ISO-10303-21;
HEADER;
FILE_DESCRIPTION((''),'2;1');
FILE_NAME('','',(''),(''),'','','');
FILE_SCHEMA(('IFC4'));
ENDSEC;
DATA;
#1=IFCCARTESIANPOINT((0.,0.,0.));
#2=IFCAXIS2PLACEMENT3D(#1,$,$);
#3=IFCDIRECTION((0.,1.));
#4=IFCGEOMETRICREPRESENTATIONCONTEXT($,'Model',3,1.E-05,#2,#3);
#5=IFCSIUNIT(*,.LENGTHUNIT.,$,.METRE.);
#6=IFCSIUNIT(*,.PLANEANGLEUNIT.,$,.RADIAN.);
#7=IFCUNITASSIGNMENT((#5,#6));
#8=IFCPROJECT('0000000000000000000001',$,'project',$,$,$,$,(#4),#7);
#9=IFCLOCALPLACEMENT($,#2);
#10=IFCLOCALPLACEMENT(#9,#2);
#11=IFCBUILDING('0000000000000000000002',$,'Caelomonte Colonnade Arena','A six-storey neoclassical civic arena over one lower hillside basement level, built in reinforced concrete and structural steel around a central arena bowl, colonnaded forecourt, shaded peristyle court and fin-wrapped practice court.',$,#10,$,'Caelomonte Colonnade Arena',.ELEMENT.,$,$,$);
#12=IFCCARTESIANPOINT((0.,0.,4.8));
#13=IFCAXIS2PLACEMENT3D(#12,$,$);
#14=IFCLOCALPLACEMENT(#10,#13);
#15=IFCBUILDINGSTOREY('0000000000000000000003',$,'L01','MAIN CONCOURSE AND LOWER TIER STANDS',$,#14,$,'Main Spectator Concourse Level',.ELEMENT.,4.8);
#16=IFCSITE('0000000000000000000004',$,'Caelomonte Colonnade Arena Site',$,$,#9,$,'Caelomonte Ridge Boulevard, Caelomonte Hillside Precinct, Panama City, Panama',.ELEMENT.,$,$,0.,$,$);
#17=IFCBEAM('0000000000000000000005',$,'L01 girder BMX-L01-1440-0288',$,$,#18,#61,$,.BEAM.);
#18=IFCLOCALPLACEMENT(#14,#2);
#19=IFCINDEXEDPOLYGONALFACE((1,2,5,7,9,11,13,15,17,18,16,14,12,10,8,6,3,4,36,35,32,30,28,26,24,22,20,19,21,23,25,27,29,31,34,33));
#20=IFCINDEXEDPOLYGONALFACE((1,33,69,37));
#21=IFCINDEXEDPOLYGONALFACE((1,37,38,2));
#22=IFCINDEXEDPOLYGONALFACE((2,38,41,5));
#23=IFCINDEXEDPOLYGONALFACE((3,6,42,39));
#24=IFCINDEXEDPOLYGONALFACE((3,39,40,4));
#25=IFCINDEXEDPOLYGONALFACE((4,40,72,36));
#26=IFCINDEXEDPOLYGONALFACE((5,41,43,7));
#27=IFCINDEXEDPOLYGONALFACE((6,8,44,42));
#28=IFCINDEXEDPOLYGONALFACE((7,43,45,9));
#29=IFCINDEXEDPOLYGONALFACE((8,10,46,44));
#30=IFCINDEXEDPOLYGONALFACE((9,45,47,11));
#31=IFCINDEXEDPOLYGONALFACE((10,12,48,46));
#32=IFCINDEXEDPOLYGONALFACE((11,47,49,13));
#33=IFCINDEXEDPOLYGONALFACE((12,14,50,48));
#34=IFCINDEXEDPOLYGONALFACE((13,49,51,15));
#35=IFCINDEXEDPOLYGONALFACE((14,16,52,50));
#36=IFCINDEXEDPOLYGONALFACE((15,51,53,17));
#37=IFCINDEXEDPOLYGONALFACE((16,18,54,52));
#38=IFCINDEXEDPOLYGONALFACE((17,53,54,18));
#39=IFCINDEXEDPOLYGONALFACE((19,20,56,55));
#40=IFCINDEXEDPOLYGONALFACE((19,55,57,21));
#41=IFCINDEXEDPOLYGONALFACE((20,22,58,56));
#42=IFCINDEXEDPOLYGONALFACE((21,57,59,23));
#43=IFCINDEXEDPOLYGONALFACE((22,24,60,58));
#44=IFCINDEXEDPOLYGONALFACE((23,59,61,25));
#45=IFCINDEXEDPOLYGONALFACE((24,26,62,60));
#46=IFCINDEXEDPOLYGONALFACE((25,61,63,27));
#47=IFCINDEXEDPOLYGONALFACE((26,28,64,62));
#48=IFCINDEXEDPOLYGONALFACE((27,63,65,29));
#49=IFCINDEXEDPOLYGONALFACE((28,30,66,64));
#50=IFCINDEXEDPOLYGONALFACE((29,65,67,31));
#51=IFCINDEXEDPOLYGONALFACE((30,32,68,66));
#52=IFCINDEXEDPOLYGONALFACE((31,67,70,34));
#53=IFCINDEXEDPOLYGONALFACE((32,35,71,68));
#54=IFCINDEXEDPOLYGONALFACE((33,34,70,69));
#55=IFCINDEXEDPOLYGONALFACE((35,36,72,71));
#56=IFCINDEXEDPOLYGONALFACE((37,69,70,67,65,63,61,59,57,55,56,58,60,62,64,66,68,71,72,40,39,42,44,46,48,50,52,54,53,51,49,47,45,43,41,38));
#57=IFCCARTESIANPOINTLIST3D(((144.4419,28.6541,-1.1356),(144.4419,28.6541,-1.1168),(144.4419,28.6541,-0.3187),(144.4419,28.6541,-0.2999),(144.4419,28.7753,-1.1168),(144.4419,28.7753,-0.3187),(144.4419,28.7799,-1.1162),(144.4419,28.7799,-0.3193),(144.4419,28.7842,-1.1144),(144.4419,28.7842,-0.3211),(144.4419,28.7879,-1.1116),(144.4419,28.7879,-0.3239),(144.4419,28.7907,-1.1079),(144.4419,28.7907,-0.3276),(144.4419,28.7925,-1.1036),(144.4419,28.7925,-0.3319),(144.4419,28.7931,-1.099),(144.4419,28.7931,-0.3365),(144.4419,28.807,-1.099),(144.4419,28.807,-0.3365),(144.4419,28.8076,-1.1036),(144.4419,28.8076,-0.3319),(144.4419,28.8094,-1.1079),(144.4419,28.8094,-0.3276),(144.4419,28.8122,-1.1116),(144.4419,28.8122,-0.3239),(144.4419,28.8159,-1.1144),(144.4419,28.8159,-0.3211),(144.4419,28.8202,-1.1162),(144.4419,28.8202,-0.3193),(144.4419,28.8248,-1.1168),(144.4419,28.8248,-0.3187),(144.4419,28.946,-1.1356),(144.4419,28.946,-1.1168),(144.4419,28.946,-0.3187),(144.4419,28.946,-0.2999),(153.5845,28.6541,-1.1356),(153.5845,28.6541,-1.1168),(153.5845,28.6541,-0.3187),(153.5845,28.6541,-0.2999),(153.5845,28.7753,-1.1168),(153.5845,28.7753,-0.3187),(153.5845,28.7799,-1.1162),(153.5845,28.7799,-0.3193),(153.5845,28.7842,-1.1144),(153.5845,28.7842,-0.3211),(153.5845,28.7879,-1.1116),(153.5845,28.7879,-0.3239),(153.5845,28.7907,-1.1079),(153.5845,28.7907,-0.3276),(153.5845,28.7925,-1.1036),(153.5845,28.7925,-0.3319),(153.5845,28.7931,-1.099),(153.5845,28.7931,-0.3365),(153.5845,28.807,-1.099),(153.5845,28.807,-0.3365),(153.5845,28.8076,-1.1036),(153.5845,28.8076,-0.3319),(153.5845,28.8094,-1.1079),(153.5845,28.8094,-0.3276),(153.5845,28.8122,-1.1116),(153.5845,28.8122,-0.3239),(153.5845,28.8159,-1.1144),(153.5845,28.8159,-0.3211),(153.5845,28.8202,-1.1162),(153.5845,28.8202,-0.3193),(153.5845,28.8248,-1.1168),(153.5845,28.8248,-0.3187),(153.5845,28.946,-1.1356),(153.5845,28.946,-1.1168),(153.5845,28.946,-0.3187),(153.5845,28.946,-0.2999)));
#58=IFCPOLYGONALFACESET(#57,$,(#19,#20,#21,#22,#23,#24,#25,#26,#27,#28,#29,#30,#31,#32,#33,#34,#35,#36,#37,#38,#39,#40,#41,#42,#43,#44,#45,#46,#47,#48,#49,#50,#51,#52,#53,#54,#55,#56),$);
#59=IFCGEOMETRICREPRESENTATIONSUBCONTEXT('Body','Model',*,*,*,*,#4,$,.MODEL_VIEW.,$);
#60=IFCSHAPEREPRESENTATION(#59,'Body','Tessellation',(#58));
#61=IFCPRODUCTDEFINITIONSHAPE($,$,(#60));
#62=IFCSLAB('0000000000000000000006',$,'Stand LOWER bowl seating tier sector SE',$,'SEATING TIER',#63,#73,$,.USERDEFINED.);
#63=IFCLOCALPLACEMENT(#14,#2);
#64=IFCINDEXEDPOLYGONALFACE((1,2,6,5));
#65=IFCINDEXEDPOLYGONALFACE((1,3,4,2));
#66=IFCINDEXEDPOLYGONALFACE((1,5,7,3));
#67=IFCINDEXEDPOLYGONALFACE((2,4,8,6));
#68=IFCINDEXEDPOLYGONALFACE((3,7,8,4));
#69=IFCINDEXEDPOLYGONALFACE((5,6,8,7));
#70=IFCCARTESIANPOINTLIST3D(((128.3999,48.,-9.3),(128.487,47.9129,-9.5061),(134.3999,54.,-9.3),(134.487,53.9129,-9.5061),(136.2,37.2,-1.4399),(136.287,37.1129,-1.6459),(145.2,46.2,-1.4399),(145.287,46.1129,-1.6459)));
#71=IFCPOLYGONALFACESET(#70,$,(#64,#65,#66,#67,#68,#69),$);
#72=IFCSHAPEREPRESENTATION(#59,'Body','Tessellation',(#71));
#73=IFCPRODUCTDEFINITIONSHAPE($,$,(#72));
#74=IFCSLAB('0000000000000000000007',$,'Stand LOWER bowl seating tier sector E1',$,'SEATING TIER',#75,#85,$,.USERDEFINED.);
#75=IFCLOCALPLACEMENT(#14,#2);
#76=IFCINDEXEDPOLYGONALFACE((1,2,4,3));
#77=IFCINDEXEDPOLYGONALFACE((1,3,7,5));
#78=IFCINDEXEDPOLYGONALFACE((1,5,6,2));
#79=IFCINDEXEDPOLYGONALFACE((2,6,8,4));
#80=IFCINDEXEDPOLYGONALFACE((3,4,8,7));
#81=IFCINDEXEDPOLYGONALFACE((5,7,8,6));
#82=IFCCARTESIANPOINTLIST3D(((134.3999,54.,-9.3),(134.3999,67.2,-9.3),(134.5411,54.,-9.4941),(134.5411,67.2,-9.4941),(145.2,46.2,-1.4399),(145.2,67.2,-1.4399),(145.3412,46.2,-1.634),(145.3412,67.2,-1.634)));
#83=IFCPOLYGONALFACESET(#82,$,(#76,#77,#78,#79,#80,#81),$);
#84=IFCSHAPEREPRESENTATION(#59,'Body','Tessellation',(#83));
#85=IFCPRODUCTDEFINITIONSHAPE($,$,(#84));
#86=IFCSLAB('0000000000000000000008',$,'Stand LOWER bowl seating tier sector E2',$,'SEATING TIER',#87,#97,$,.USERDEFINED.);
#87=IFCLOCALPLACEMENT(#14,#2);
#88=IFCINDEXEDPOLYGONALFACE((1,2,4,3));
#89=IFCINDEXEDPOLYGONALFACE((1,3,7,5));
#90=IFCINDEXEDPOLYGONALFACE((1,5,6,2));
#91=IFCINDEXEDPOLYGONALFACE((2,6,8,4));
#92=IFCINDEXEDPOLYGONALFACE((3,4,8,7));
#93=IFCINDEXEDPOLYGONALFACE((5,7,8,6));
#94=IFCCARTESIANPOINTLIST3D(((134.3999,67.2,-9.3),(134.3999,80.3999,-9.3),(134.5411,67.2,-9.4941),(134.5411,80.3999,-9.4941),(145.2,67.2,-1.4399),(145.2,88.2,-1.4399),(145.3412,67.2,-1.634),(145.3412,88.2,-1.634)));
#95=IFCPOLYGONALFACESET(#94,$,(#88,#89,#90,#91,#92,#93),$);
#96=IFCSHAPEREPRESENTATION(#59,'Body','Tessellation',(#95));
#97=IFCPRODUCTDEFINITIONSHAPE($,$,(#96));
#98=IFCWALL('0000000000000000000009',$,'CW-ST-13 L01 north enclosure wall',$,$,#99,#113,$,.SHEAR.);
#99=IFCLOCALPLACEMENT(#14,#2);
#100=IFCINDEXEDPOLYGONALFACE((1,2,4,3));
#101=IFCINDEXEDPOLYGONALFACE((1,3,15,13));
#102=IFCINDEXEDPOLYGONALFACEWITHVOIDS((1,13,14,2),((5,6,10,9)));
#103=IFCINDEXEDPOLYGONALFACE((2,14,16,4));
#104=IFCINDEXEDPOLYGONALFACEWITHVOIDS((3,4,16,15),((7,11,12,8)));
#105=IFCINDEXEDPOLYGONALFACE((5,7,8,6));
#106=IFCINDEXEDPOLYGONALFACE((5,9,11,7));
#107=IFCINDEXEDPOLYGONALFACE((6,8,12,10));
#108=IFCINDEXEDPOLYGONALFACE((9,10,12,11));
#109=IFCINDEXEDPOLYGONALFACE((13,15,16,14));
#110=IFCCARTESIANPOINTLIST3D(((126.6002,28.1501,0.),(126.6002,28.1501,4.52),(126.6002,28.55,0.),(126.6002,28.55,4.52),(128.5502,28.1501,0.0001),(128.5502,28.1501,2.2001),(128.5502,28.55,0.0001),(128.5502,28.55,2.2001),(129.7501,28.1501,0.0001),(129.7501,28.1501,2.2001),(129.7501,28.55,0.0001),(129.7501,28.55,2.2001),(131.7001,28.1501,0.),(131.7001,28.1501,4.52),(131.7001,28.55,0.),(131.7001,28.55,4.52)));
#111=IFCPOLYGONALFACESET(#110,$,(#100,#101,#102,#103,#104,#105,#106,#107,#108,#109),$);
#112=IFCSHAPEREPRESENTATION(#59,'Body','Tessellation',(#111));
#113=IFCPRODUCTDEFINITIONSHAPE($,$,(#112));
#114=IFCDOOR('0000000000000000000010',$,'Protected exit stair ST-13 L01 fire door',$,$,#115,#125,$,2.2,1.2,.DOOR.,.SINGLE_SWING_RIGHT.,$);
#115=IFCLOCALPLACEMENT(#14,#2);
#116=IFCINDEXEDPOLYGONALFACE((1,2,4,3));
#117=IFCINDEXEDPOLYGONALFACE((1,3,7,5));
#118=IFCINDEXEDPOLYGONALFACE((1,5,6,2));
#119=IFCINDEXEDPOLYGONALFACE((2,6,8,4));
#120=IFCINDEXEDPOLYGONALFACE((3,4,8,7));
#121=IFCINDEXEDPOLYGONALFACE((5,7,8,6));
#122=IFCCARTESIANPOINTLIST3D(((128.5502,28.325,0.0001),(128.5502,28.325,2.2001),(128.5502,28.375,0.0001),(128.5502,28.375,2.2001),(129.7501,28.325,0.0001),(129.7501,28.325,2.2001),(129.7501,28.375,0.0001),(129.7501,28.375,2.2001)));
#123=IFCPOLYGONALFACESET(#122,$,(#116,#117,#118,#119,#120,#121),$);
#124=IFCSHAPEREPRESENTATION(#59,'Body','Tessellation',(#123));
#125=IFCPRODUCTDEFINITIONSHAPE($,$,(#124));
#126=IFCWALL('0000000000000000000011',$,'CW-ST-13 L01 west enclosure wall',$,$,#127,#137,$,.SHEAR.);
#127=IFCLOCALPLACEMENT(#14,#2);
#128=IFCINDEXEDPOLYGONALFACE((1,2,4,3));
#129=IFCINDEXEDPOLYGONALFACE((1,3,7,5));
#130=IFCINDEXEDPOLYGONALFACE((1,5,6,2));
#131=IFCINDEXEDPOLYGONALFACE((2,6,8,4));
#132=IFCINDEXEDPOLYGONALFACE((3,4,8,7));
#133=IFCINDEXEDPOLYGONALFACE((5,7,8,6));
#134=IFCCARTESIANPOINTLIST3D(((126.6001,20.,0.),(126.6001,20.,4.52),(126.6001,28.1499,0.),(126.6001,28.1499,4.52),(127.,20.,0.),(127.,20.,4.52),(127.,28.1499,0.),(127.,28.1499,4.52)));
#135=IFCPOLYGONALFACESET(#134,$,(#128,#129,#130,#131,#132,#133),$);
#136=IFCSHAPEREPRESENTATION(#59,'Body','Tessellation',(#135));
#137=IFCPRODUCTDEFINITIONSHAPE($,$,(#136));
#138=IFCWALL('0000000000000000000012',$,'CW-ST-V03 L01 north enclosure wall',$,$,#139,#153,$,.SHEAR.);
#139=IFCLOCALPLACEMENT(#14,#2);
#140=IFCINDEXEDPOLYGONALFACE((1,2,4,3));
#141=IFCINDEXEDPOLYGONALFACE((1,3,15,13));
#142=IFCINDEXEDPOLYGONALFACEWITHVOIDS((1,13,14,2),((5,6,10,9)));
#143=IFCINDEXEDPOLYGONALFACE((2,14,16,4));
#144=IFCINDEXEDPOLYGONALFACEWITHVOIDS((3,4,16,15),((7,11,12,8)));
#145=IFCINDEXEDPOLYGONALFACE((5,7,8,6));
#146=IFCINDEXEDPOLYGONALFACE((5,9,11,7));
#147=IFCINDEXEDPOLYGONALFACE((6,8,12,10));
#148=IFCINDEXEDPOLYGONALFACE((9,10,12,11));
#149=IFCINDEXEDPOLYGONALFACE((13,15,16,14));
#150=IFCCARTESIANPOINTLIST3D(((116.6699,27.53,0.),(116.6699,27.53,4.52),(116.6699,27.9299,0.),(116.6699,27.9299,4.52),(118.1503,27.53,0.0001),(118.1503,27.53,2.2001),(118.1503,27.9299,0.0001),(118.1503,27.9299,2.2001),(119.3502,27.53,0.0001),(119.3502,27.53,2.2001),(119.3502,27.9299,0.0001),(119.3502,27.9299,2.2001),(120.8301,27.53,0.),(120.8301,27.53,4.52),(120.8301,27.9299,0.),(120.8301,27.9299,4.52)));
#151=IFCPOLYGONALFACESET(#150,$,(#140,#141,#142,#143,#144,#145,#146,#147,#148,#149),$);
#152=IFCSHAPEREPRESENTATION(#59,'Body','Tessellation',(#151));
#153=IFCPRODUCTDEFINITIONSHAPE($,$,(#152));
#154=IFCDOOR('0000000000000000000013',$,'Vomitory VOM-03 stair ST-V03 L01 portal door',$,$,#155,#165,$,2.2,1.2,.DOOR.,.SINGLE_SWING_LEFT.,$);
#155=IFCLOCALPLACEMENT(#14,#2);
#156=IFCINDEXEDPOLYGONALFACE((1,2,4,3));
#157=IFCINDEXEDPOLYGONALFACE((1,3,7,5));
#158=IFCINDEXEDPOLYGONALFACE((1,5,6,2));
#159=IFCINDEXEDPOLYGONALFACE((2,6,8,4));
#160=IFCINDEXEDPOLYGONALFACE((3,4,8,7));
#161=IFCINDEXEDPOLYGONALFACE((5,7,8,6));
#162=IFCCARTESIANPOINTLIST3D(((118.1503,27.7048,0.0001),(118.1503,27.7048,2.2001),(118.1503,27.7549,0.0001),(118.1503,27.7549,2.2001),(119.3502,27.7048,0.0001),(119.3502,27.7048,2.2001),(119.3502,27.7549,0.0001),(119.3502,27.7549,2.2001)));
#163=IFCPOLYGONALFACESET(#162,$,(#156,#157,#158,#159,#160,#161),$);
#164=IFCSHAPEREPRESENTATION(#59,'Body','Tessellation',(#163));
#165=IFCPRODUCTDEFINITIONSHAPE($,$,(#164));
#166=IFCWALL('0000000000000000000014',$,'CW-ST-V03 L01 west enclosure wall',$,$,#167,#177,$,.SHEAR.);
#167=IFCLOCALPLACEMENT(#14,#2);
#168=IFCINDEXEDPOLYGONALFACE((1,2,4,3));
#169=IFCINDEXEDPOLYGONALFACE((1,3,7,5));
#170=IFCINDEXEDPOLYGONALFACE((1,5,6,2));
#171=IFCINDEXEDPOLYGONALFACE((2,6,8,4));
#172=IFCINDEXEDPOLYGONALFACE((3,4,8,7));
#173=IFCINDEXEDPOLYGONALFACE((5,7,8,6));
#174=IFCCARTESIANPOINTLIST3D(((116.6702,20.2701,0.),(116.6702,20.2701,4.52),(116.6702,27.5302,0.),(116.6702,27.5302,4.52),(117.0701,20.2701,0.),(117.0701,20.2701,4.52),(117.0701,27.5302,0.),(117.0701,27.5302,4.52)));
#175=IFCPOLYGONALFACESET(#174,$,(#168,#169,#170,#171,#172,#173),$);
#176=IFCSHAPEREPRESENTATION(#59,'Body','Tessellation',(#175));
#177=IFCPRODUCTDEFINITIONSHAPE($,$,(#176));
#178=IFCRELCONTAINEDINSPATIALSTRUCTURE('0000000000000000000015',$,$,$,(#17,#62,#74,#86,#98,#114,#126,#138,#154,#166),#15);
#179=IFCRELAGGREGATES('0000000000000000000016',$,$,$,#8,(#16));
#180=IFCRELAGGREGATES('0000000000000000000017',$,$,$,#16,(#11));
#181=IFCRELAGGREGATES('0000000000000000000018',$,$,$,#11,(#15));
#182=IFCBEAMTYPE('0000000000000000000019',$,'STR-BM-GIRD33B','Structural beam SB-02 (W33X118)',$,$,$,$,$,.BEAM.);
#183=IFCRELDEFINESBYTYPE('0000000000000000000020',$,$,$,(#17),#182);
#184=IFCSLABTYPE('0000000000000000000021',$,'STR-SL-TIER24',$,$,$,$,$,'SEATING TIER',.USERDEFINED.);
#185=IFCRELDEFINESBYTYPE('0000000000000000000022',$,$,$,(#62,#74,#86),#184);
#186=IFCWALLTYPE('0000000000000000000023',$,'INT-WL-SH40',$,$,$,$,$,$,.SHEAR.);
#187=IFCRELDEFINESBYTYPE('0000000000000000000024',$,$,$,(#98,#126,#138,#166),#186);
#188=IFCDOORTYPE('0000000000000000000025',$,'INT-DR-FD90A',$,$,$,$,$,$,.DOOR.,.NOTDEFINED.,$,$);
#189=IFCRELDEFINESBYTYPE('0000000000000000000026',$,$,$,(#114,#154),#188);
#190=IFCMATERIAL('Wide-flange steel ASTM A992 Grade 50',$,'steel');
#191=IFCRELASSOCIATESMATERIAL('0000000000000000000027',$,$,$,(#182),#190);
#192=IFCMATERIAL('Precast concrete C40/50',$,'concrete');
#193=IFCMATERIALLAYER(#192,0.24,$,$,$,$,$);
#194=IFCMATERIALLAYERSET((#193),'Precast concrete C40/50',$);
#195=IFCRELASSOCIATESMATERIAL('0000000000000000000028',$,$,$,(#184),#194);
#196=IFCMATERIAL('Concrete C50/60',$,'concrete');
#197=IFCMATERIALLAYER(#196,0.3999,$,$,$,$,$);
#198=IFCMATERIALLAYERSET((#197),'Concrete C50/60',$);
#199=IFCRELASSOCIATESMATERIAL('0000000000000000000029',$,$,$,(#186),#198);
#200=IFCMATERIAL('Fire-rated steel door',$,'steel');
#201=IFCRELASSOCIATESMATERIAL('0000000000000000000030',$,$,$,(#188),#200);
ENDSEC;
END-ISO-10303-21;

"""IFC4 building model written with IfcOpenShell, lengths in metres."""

from ifc_helpers import new_model, si_unit, direction, frame, frame_2d, origin, origin_2d, place, context, subcontext, project, spatial, polyline, rectangle, i_section, outline, extrude, material, layer, layer_set, material_profile, profile_set, type_object, element, fill, save


model = new_model("IFC4")

# Units and contexts
model_context = context("Model", 3, precision=1e-05, world=origin(), true_north=direction((0.0, 1.0)))
body_context = subcontext(model_context, "Body", "Model", "MODEL_VIEW")
ifc_project = project(units=[si_unit("LENGTHUNIT", "METRE"), si_unit("PLANEANGLEUNIT", "RADIAN")], contexts=[model_context])

# Site, building, storey
site_placement = place(None, origin())
site = spatial("IfcSite", under=ifc_project, at=site_placement, Name="Caelomonte Colonnade Arena Site", LongName="Caelomonte Ridge Boulevard, Caelomonte Hillside Precinct, Panama City, Panama", CompositionType="ELEMENT", RefElevation=0.0)
building_placement = place(site_placement, origin())
building = spatial("IfcBuilding", under=site, at=building_placement, Name="Caelomonte Colonnade Arena", Description="A six-storey neoclassical civic arena over one lower hillside basement level, built in reinforced concrete and structural steel around a central arena bowl, colonnaded forecourt, shaded peristyle court and fin-wrapped practice court.", LongName="Caelomonte Colonnade Arena", CompositionType="ELEMENT")
storey_placement = place(building_placement, frame((0.0, 0.0, 4.8)))
storey = spatial("IfcBuildingStorey", under=building, at=storey_placement, Name="L01", Description="MAIN CONCOURSE AND LOWER TIER STANDS", LongName="Main Spectator Concourse Level", CompositionType="ELEMENT", Elevation=4.8)

# Shared definitions
ifc_material_1 = material(Name="Concrete C50/60", Category="concrete")

# Beam
ifc_material_2 = material(Name="Wide-flange steel ASTM A992 Grade 50", Category="steel")
ifc_material_profile_1 = material_profile(ifc_material_2, i_section(OverallWidth=0.292, OverallDepth=0.8357, WebThickness=0.0139, FlangeThickness=0.0188, FilletRadius=0.0178, at=origin_2d()), Name="W33X118")
ifc_profile_set_1 = profile_set([ifc_material_profile_1], Name="Wide-flange steel ASTM A992 Grade 50")
beam_type = type_object("IfcBeamType", Name="STR-BM-GIRD33B", Description="Structural beam SB-02 (W33X118)", PredefinedType="BEAM", material=ifc_profile_set_1)
beam_1_placement = place(storey_placement, frame((144.4419, 28.8, -0.7178), z_axis=(1.0, 0.0, 0.0), x_axis=(0.0, 1.0, 0.0)))
element("IfcBeam", 1, at=beam_1_placement, inside=storey, type_object=beam_type, Name="L01 girder BMX-L01-1440-0288", PredefinedType="BEAM", context=body_context, shape_type="SweptSolid", body=[
    extrude(i_section(OverallWidth=0.292, OverallDepth=0.8357, WebThickness=0.0139, FlangeThickness=0.0188, FilletRadius=0.0178, at=origin_2d()), origin(), (0.0, 0.0, 1.0), 9.1426),
])

# Slabs
ifc_material_3 = material(Name="Precast concrete C40/50", Category="concrete")
ifc_layer_1 = layer(ifc_material_3, 0.24)
ifc_layer_set_1 = layer_set([ifc_layer_1], Name="Precast concrete C40/50")
slab_type = type_object("IfcSlabType", Name="STR-SL-TIER24", ElementType="SEATING TIER", PredefinedType="USERDEFINED", material=ifc_layer_set_1)
slab_1_placement = place(storey_placement, frame((128.3999, 48.0, -9.3), z_axis=(-0.362743, 0.362743, 0.858391), x_axis=(0.707107, 0.707107, 0.0)))
element("IfcSlab", 2, at=slab_1_placement, inside=storey, type_object=slab_type, Name="Stand LOWER bowl seating tier sector SE", ObjectType="SEATING TIER", PredefinedType="USERDEFINED", context=body_context, shape_type="SweptSolid", body=[
    extrude(outline(polyline([(0.0, 0.0), (8.4853, 0.0), (10.6066, -15.322), (-2.1213, -15.322), (0.0, 0.0)])), origin(), (0.0, 0.0, -1.0), 0.24),
])
slab_2_placement = place(storey_placement, frame((134.3999, 54.0, -9.3), z_axis=(-0.588442, 0.0, 0.808539), x_axis=(0.0, 1.0, 0.0)))
element("IfcSlab", 3, at=slab_2_placement, inside=storey, type_object=slab_type, Name="Stand LOWER bowl seating tier sector E1", ObjectType="SEATING TIER", PredefinedType="USERDEFINED", context=body_context, shape_type="SweptSolid", body=[
    extrude(outline(polyline([(0.0, 0.0), (13.2, 0.0), (13.2, -13.3575), (-7.8, -13.3575), (0.0, 0.0)])), origin(), (0.0, 0.0, -1.0), 0.24),
])
slab_3_placement = place(storey_placement, frame((134.3999, 67.2, -9.3), z_axis=(-0.588442, 0.0, 0.808539), x_axis=(0.0, 1.0, 0.0)))
element("IfcSlab", 4, at=slab_3_placement, inside=storey, type_object=slab_type, Name="Stand LOWER bowl seating tier sector E2", ObjectType="SEATING TIER", PredefinedType="USERDEFINED", context=body_context, shape_type="SweptSolid", body=[
    extrude(outline(polyline([(0.0, 0.0), (13.2, 0.0), (21.0, -13.3575), (0.0, -13.3575), (0.0, 0.0)])), origin(), (0.0, 0.0, -1.0), 0.24),
])

# Wall, opening, door
ifc_layer_2 = layer(ifc_material_1, 0.3999)
ifc_layer_set_2 = layer_set([ifc_layer_2], Name="Concrete C50/60")
wall_type = type_object("IfcWallType", Name="INT-WL-SH40", PredefinedType="SHEAR", material=ifc_layer_set_2)
wall_1_placement = place(storey_placement, frame((131.7, 28.3501, 0.0), z_axis=(0.0, 0.0, 1.0), x_axis=(-1.0, 0.0, 0.0)))
wall_1 = element("IfcWall", 5, at=wall_1_placement, inside=storey, type_object=wall_type, Name="CW-ST-13 L01 north enclosure wall", PredefinedType="SHEAR", context=body_context, shape_type="SweptSolid", body=[
    extrude(rectangle(XDim=5.0999, YDim=0.3999, at=frame_2d((2.5498, 0.0))), origin(), (0.0, 0.0, 1.0), 4.52),
])
opening_1_placement = place(wall_1_placement, frame((3.1499, 0.0, 0.0), z_axis=(0.0, 0.0, 1.0), x_axis=(-1.0, 0.0, 0.0)))
opening_1 = element("IfcOpeningElement", 6, at=opening_1_placement, cuts=wall_1, PredefinedType="OPENING", context=body_context, shape_type="SweptSolid", body=[
    extrude(rectangle(XDim=1.2, YDim=2.2, at=frame_2d((0.6001, 1.1001))), frame((0.0, 0.21, 0.0), z_axis=(0.0, -1.0, 0.0), x_axis=(1.0, 0.0, 0.0)), (0.0, 0.0, 1.0), 0.4199),
])
ifc_material_4 = material(Name="Fire-rated steel door", Category="steel")
door_type = type_object("IfcDoorType", Name="INT-DR-FD90A", OperationType="NOTDEFINED", PredefinedType="DOOR", material=ifc_material_4)
door_1_placement = place(opening_1_placement, origin())
door_1 = element("IfcDoor", 7, at=door_1_placement, inside=storey, type_object=door_type, Name="Protected exit stair ST-13 L01 fire door", OperationType="SINGLE_SWING_RIGHT", OverallHeight=2.2, OverallWidth=1.2, PredefinedType="DOOR", context=body_context, shape_type="SweptSolid", body=[
    extrude(rectangle(XDim=1.2, YDim=2.2, at=frame_2d((0.6001, 1.1001))), frame((0.0, 0.0249, 0.0), z_axis=(0.0, -1.0, 0.0), x_axis=(1.0, 0.0, 0.0)), (0.0, 0.0, 1.0), 0.05),
])
fill(opening_1, door_1)

# Wall
wall_2_placement = place(storey_placement, frame((126.8, 28.1499, 0.0), z_axis=(0.0, 0.0, 1.0), x_axis=(0.0, -1.0, 0.0)))
element("IfcWall", 8, at=wall_2_placement, inside=storey, type_object=wall_type, Name="CW-ST-13 L01 west enclosure wall", PredefinedType="SHEAR", context=body_context, shape_type="SweptSolid", body=[
    extrude(rectangle(XDim=8.1499, YDim=0.3999, at=frame_2d((4.075, 0.0))), origin(), (0.0, 0.0, 1.0), 4.52),
])

# Wall, opening, door
wall_3_placement = place(storey_placement, frame((120.8301, 27.73, 0.0), z_axis=(0.0, 0.0, 1.0), x_axis=(-1.0, 0.0, 0.0)))
wall_3 = element("IfcWall", 9, at=wall_3_placement, inside=storey, type_object=wall_type, Name="CW-ST-V03 L01 north enclosure wall", PredefinedType="SHEAR", context=body_context, shape_type="SweptSolid", body=[
    extrude(rectangle(XDim=4.1602, YDim=0.3999, at=frame_2d((2.0801, 0.0))), origin(), (0.0, 0.0, 1.0), 4.52),
])
opening_2_placement = place(wall_3_placement, frame((2.6799, 0.0, 0.0), z_axis=(0.0, 0.0, 1.0), x_axis=(-1.0, 0.0, 0.0)))
opening_2 = element("IfcOpeningElement", 10, at=opening_2_placement, cuts=wall_3, PredefinedType="OPENING", context=body_context, shape_type="SweptSolid", body=[
    extrude(rectangle(XDim=1.2, YDim=2.2, at=frame_2d((0.6001, 1.1001))), frame((0.0, 0.21, 0.0), z_axis=(0.0, -1.0, 0.0), x_axis=(1.0, 0.0, 0.0)), (0.0, 0.0, 1.0), 0.4199),
])
door_2_placement = place(opening_2_placement, origin())
door_2 = element("IfcDoor", 11, at=door_2_placement, inside=storey, type_object=door_type, Name="Vomitory VOM-03 stair ST-V03 L01 portal door", OperationType="SINGLE_SWING_LEFT", OverallHeight=2.2, OverallWidth=1.2, PredefinedType="DOOR", context=body_context, shape_type="SweptSolid", body=[
    extrude(rectangle(XDim=1.2, YDim=2.2, at=frame_2d((0.6001, 1.1001))), frame((0.0, 0.0249, 0.0), z_axis=(0.0, -1.0, 0.0), x_axis=(1.0, 0.0, 0.0)), (0.0, 0.0, 1.0), 0.05),
])
fill(opening_2, door_2)

# Wall
wall_4_placement = place(storey_placement, frame((116.8701, 27.53, 0.0), z_axis=(0.0, 0.0, 1.0), x_axis=(0.0, -1.0, 0.0)))
element("IfcWall", 12, at=wall_4_placement, inside=storey, type_object=wall_type, Name="CW-ST-V03 L01 west enclosure wall", PredefinedType="SHEAR", context=body_context, shape_type="SweptSolid", body=[
    extrude(rectangle(XDim=7.26, YDim=0.3999, at=frame_2d((3.6299, 0.0))), origin(), (0.0, 0.0, 1.0), 4.52),
])

save(model, "model.ifc")
